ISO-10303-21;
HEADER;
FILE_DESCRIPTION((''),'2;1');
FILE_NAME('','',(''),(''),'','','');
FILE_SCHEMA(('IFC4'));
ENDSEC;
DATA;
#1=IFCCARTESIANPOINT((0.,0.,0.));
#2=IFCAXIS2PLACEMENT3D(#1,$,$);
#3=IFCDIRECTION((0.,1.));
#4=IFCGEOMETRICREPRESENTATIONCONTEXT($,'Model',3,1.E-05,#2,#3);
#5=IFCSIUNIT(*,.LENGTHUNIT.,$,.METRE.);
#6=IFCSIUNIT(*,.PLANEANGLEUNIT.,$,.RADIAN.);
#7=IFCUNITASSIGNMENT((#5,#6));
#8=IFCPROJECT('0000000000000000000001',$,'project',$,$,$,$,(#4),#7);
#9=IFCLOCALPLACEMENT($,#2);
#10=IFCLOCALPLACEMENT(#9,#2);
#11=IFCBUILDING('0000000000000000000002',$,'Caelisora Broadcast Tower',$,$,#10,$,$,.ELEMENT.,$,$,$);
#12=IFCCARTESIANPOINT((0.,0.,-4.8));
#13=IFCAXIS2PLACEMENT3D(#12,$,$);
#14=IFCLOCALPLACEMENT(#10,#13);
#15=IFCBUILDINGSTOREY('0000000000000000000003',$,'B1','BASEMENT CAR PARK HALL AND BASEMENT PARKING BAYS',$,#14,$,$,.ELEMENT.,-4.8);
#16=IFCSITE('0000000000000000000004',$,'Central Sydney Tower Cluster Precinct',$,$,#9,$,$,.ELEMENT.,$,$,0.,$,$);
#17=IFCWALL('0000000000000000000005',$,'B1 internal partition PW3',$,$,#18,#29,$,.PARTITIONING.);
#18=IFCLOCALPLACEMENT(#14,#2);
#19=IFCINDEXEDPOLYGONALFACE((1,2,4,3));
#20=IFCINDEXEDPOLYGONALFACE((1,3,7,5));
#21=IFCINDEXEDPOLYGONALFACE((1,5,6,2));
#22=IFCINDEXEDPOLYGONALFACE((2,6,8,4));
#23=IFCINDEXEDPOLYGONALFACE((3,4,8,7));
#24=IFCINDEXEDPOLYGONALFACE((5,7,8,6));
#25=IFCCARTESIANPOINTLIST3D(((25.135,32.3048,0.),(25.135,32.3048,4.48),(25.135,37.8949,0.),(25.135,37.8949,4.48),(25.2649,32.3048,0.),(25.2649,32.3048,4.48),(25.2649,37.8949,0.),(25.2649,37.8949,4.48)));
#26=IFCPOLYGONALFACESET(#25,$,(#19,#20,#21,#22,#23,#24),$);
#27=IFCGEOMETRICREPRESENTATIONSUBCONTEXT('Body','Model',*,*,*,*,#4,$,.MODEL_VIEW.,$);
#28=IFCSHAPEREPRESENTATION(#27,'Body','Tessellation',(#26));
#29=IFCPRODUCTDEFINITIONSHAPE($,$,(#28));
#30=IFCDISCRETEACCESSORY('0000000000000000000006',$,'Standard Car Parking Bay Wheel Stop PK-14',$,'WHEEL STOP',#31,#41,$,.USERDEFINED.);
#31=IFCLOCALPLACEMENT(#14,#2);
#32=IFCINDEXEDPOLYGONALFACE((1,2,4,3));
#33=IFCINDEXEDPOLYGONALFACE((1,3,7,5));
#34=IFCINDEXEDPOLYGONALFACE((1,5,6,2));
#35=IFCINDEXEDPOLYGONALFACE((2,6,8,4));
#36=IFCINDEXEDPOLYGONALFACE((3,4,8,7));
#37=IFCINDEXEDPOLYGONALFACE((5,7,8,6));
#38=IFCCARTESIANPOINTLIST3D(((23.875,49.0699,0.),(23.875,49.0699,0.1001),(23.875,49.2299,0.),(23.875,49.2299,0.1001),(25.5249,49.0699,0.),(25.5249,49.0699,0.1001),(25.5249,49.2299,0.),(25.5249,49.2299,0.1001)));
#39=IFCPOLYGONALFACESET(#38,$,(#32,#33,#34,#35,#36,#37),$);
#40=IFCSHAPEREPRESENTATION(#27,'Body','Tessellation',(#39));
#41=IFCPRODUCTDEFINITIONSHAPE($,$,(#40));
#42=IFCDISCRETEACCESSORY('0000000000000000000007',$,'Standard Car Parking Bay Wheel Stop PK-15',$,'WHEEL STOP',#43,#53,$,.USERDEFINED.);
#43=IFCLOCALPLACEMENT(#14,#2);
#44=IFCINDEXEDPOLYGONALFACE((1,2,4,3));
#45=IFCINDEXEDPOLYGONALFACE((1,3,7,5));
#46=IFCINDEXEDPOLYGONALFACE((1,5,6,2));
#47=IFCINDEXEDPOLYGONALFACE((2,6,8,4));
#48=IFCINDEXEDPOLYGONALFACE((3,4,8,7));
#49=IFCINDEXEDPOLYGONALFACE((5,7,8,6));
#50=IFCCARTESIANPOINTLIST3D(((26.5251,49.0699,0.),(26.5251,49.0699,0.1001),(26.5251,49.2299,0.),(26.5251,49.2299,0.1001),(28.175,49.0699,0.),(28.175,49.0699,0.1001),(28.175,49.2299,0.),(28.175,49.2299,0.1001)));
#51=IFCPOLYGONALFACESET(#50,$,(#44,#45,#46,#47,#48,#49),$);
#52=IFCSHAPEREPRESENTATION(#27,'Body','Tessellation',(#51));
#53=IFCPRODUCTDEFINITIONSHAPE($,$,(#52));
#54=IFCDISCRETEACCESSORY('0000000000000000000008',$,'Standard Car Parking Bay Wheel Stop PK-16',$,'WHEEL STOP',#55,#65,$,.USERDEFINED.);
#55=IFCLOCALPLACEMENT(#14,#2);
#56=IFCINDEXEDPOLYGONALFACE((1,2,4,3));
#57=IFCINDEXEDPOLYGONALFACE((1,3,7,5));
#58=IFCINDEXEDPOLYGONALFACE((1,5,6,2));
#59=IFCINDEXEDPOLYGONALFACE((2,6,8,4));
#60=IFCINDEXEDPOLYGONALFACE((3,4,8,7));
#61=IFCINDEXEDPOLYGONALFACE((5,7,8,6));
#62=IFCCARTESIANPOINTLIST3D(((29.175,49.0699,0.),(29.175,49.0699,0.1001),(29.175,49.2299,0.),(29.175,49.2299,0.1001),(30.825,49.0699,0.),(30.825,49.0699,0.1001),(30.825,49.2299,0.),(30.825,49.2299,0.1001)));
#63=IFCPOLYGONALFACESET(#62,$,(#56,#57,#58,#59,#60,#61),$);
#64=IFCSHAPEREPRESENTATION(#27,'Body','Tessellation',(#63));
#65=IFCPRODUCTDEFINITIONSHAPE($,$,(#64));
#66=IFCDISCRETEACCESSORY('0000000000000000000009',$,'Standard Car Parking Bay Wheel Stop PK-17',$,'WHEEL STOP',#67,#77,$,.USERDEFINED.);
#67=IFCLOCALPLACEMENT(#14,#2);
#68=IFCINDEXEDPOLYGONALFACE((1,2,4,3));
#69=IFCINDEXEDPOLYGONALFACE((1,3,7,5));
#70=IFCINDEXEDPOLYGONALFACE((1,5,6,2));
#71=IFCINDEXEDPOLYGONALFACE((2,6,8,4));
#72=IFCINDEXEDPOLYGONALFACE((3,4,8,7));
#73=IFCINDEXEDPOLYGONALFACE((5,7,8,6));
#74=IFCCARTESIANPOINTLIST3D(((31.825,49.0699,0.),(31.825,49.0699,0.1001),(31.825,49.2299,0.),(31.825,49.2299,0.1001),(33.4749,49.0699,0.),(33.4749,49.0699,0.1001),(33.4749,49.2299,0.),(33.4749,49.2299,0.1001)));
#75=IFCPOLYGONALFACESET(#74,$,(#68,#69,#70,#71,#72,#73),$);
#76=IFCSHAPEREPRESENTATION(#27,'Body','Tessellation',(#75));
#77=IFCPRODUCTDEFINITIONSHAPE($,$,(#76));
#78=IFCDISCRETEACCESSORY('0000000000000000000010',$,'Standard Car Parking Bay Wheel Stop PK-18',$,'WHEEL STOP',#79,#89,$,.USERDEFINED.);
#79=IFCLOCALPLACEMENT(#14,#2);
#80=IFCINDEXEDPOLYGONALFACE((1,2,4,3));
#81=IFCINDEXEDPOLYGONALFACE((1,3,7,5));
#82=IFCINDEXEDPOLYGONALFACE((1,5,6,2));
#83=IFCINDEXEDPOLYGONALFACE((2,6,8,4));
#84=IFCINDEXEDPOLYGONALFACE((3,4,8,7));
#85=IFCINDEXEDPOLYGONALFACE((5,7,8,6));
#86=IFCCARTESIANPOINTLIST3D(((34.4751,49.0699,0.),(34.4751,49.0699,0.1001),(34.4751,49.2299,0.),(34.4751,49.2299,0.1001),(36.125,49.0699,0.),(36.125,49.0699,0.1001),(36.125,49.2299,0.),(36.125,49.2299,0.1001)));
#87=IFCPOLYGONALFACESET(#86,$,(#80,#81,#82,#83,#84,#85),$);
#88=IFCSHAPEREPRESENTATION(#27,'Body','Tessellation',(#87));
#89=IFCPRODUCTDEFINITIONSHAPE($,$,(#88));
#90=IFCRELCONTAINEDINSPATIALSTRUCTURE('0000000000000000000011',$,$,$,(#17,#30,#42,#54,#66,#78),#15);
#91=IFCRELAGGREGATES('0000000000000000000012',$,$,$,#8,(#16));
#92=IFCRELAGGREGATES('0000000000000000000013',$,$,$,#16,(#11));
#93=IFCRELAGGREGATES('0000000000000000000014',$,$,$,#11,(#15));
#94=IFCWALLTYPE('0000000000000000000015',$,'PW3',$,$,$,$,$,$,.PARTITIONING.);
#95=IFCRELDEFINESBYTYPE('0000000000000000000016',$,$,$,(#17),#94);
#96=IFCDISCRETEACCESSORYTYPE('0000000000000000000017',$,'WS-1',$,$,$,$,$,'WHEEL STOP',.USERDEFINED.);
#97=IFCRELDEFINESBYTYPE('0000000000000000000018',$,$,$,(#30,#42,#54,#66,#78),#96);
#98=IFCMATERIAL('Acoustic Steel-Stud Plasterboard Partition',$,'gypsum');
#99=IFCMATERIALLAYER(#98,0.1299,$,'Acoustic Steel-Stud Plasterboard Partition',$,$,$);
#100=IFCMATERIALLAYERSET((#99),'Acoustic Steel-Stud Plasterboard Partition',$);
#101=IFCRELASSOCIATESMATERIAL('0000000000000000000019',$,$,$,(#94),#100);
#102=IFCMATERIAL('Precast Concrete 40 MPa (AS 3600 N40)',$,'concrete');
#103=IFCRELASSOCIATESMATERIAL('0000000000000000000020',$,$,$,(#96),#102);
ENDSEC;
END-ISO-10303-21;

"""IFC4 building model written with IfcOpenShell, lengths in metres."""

from ifc_helpers import new_model, si_unit, direction, frame, frame_2d, origin, origin_2d, place, context, subcontext, project, spatial, rectangle, extrude, source, transform, mapped, material, layer, layer_set, type_object, type_shapes, element, save


model = new_model("IFC4")

# Units and contexts
model_context = context("Model", 3, precision=1e-05, world=origin(), true_north=direction((0.0, 1.0)))
body_context = subcontext(model_context, "Body", "Model", "MODEL_VIEW")
ifc_project = project(units=[si_unit("LENGTHUNIT", "METRE"), si_unit("PLANEANGLEUNIT", "RADIAN")], contexts=[model_context])

# Site, building, storey
site_placement = place(None, origin())
site = spatial("IfcSite", under=ifc_project, at=site_placement, Name="Central Sydney Tower Cluster Precinct", CompositionType="ELEMENT", RefElevation=0.0)
building_placement = place(site_placement, origin())
building = spatial("IfcBuilding", under=site, at=building_placement, Name="Caelisora Broadcast Tower", CompositionType="ELEMENT")
storey_placement = place(building_placement, frame((0.0, 0.0, -4.8)))
storey = spatial("IfcBuildingStorey", under=building, at=storey_placement, Name="B1", Description="BASEMENT CAR PARK HALL AND BASEMENT PARKING BAYS", CompositionType="ELEMENT", Elevation=-4.8)

# Wall
ifc_material_1 = material(Name="Acoustic Steel-Stud Plasterboard Partition", Category="gypsum")
ifc_layer = layer(ifc_material_1, 0.1299, Name="Acoustic Steel-Stud Plasterboard Partition")
ifc_layer_set = layer_set([ifc_layer], Name="Acoustic Steel-Stud Plasterboard Partition")
wall_type = type_object("IfcWallType", Name="PW3", PredefinedType="PARTITIONING", material=ifc_layer_set)
wall_1_placement = place(storey_placement, frame((25.2, 32.3049, 0.0), z_axis=(0.0, 0.0, 1.0), x_axis=(0.0, 1.0, 0.0)))
element("IfcWall", 1, at=wall_1_placement, inside=storey, type_object=wall_type, Name="B1 internal partition PW3", PredefinedType="PARTITIONING", context=body_context, shape_type="SweptSolid", body=[
    extrude(rectangle(XDim=5.5901, YDim=0.1299, at=frame_2d((2.7949, 0.0))), origin(), (0.0, 0.0, 1.0), 4.48),
])

# Discrete accessories
ifc_material_2 = material(Name="Precast Concrete 40 MPa (AS 3600 N40)", Category="concrete")
discrete_accessory_type = type_object("IfcDiscreteAccessoryType", Name="WS-1", ElementType="WHEEL STOP", PredefinedType="USERDEFINED", material=ifc_material_2)
shared_shape_1 = source(origin(), body_context, "Body", "SweptSolid", [
    extrude(rectangle(XDim=1.6499, YDim=0.1599, at=origin_2d()), origin(), (0.0, 0.0, 1.0), 0.1001),
])
type_shapes(discrete_accessory_type, [shared_shape_1])
for number, where, z_axis, x_axis, name in (
    (2, (24.7, 49.1499, 0.0), (0.0, 0.0, 1.0), (1.0, 0.0, 0.0), "Standard Car Parking Bay Wheel Stop PK-14"),
    (3, (27.3501, 49.1499, 0.0), (0.0, 0.0, 1.0), (1.0, 0.0, 0.0), "Standard Car Parking Bay Wheel Stop PK-15"),
    (4, (30.0, 49.1499, 0.0), (0.0, 0.0, 1.0), (1.0, 0.0, 0.0), "Standard Car Parking Bay Wheel Stop PK-16"),
    (5, (32.6499, 49.1499, 0.0), (0.0, 0.0, 1.0), (1.0, 0.0, 0.0), "Standard Car Parking Bay Wheel Stop PK-17"),
    (6, (35.3, 49.1499, 0.0), (0.0, 0.0, 1.0), (1.0, 0.0, 0.0), "Standard Car Parking Bay Wheel Stop PK-18"),
):
    element("IfcDiscreteAccessory", number, at=place(storey_placement, frame(where, z_axis=z_axis, x_axis=x_axis)), inside=storey, type_object=discrete_accessory_type, Name=name, ObjectType="WHEEL STOP", PredefinedType="USERDEFINED", context=body_context, shape_type="MappedRepresentation", body=[
        mapped(shared_shape_1, transform((0.0, 0.0, 0.0), scale=1.0)),
    ])

save(model, "model.ifc")
